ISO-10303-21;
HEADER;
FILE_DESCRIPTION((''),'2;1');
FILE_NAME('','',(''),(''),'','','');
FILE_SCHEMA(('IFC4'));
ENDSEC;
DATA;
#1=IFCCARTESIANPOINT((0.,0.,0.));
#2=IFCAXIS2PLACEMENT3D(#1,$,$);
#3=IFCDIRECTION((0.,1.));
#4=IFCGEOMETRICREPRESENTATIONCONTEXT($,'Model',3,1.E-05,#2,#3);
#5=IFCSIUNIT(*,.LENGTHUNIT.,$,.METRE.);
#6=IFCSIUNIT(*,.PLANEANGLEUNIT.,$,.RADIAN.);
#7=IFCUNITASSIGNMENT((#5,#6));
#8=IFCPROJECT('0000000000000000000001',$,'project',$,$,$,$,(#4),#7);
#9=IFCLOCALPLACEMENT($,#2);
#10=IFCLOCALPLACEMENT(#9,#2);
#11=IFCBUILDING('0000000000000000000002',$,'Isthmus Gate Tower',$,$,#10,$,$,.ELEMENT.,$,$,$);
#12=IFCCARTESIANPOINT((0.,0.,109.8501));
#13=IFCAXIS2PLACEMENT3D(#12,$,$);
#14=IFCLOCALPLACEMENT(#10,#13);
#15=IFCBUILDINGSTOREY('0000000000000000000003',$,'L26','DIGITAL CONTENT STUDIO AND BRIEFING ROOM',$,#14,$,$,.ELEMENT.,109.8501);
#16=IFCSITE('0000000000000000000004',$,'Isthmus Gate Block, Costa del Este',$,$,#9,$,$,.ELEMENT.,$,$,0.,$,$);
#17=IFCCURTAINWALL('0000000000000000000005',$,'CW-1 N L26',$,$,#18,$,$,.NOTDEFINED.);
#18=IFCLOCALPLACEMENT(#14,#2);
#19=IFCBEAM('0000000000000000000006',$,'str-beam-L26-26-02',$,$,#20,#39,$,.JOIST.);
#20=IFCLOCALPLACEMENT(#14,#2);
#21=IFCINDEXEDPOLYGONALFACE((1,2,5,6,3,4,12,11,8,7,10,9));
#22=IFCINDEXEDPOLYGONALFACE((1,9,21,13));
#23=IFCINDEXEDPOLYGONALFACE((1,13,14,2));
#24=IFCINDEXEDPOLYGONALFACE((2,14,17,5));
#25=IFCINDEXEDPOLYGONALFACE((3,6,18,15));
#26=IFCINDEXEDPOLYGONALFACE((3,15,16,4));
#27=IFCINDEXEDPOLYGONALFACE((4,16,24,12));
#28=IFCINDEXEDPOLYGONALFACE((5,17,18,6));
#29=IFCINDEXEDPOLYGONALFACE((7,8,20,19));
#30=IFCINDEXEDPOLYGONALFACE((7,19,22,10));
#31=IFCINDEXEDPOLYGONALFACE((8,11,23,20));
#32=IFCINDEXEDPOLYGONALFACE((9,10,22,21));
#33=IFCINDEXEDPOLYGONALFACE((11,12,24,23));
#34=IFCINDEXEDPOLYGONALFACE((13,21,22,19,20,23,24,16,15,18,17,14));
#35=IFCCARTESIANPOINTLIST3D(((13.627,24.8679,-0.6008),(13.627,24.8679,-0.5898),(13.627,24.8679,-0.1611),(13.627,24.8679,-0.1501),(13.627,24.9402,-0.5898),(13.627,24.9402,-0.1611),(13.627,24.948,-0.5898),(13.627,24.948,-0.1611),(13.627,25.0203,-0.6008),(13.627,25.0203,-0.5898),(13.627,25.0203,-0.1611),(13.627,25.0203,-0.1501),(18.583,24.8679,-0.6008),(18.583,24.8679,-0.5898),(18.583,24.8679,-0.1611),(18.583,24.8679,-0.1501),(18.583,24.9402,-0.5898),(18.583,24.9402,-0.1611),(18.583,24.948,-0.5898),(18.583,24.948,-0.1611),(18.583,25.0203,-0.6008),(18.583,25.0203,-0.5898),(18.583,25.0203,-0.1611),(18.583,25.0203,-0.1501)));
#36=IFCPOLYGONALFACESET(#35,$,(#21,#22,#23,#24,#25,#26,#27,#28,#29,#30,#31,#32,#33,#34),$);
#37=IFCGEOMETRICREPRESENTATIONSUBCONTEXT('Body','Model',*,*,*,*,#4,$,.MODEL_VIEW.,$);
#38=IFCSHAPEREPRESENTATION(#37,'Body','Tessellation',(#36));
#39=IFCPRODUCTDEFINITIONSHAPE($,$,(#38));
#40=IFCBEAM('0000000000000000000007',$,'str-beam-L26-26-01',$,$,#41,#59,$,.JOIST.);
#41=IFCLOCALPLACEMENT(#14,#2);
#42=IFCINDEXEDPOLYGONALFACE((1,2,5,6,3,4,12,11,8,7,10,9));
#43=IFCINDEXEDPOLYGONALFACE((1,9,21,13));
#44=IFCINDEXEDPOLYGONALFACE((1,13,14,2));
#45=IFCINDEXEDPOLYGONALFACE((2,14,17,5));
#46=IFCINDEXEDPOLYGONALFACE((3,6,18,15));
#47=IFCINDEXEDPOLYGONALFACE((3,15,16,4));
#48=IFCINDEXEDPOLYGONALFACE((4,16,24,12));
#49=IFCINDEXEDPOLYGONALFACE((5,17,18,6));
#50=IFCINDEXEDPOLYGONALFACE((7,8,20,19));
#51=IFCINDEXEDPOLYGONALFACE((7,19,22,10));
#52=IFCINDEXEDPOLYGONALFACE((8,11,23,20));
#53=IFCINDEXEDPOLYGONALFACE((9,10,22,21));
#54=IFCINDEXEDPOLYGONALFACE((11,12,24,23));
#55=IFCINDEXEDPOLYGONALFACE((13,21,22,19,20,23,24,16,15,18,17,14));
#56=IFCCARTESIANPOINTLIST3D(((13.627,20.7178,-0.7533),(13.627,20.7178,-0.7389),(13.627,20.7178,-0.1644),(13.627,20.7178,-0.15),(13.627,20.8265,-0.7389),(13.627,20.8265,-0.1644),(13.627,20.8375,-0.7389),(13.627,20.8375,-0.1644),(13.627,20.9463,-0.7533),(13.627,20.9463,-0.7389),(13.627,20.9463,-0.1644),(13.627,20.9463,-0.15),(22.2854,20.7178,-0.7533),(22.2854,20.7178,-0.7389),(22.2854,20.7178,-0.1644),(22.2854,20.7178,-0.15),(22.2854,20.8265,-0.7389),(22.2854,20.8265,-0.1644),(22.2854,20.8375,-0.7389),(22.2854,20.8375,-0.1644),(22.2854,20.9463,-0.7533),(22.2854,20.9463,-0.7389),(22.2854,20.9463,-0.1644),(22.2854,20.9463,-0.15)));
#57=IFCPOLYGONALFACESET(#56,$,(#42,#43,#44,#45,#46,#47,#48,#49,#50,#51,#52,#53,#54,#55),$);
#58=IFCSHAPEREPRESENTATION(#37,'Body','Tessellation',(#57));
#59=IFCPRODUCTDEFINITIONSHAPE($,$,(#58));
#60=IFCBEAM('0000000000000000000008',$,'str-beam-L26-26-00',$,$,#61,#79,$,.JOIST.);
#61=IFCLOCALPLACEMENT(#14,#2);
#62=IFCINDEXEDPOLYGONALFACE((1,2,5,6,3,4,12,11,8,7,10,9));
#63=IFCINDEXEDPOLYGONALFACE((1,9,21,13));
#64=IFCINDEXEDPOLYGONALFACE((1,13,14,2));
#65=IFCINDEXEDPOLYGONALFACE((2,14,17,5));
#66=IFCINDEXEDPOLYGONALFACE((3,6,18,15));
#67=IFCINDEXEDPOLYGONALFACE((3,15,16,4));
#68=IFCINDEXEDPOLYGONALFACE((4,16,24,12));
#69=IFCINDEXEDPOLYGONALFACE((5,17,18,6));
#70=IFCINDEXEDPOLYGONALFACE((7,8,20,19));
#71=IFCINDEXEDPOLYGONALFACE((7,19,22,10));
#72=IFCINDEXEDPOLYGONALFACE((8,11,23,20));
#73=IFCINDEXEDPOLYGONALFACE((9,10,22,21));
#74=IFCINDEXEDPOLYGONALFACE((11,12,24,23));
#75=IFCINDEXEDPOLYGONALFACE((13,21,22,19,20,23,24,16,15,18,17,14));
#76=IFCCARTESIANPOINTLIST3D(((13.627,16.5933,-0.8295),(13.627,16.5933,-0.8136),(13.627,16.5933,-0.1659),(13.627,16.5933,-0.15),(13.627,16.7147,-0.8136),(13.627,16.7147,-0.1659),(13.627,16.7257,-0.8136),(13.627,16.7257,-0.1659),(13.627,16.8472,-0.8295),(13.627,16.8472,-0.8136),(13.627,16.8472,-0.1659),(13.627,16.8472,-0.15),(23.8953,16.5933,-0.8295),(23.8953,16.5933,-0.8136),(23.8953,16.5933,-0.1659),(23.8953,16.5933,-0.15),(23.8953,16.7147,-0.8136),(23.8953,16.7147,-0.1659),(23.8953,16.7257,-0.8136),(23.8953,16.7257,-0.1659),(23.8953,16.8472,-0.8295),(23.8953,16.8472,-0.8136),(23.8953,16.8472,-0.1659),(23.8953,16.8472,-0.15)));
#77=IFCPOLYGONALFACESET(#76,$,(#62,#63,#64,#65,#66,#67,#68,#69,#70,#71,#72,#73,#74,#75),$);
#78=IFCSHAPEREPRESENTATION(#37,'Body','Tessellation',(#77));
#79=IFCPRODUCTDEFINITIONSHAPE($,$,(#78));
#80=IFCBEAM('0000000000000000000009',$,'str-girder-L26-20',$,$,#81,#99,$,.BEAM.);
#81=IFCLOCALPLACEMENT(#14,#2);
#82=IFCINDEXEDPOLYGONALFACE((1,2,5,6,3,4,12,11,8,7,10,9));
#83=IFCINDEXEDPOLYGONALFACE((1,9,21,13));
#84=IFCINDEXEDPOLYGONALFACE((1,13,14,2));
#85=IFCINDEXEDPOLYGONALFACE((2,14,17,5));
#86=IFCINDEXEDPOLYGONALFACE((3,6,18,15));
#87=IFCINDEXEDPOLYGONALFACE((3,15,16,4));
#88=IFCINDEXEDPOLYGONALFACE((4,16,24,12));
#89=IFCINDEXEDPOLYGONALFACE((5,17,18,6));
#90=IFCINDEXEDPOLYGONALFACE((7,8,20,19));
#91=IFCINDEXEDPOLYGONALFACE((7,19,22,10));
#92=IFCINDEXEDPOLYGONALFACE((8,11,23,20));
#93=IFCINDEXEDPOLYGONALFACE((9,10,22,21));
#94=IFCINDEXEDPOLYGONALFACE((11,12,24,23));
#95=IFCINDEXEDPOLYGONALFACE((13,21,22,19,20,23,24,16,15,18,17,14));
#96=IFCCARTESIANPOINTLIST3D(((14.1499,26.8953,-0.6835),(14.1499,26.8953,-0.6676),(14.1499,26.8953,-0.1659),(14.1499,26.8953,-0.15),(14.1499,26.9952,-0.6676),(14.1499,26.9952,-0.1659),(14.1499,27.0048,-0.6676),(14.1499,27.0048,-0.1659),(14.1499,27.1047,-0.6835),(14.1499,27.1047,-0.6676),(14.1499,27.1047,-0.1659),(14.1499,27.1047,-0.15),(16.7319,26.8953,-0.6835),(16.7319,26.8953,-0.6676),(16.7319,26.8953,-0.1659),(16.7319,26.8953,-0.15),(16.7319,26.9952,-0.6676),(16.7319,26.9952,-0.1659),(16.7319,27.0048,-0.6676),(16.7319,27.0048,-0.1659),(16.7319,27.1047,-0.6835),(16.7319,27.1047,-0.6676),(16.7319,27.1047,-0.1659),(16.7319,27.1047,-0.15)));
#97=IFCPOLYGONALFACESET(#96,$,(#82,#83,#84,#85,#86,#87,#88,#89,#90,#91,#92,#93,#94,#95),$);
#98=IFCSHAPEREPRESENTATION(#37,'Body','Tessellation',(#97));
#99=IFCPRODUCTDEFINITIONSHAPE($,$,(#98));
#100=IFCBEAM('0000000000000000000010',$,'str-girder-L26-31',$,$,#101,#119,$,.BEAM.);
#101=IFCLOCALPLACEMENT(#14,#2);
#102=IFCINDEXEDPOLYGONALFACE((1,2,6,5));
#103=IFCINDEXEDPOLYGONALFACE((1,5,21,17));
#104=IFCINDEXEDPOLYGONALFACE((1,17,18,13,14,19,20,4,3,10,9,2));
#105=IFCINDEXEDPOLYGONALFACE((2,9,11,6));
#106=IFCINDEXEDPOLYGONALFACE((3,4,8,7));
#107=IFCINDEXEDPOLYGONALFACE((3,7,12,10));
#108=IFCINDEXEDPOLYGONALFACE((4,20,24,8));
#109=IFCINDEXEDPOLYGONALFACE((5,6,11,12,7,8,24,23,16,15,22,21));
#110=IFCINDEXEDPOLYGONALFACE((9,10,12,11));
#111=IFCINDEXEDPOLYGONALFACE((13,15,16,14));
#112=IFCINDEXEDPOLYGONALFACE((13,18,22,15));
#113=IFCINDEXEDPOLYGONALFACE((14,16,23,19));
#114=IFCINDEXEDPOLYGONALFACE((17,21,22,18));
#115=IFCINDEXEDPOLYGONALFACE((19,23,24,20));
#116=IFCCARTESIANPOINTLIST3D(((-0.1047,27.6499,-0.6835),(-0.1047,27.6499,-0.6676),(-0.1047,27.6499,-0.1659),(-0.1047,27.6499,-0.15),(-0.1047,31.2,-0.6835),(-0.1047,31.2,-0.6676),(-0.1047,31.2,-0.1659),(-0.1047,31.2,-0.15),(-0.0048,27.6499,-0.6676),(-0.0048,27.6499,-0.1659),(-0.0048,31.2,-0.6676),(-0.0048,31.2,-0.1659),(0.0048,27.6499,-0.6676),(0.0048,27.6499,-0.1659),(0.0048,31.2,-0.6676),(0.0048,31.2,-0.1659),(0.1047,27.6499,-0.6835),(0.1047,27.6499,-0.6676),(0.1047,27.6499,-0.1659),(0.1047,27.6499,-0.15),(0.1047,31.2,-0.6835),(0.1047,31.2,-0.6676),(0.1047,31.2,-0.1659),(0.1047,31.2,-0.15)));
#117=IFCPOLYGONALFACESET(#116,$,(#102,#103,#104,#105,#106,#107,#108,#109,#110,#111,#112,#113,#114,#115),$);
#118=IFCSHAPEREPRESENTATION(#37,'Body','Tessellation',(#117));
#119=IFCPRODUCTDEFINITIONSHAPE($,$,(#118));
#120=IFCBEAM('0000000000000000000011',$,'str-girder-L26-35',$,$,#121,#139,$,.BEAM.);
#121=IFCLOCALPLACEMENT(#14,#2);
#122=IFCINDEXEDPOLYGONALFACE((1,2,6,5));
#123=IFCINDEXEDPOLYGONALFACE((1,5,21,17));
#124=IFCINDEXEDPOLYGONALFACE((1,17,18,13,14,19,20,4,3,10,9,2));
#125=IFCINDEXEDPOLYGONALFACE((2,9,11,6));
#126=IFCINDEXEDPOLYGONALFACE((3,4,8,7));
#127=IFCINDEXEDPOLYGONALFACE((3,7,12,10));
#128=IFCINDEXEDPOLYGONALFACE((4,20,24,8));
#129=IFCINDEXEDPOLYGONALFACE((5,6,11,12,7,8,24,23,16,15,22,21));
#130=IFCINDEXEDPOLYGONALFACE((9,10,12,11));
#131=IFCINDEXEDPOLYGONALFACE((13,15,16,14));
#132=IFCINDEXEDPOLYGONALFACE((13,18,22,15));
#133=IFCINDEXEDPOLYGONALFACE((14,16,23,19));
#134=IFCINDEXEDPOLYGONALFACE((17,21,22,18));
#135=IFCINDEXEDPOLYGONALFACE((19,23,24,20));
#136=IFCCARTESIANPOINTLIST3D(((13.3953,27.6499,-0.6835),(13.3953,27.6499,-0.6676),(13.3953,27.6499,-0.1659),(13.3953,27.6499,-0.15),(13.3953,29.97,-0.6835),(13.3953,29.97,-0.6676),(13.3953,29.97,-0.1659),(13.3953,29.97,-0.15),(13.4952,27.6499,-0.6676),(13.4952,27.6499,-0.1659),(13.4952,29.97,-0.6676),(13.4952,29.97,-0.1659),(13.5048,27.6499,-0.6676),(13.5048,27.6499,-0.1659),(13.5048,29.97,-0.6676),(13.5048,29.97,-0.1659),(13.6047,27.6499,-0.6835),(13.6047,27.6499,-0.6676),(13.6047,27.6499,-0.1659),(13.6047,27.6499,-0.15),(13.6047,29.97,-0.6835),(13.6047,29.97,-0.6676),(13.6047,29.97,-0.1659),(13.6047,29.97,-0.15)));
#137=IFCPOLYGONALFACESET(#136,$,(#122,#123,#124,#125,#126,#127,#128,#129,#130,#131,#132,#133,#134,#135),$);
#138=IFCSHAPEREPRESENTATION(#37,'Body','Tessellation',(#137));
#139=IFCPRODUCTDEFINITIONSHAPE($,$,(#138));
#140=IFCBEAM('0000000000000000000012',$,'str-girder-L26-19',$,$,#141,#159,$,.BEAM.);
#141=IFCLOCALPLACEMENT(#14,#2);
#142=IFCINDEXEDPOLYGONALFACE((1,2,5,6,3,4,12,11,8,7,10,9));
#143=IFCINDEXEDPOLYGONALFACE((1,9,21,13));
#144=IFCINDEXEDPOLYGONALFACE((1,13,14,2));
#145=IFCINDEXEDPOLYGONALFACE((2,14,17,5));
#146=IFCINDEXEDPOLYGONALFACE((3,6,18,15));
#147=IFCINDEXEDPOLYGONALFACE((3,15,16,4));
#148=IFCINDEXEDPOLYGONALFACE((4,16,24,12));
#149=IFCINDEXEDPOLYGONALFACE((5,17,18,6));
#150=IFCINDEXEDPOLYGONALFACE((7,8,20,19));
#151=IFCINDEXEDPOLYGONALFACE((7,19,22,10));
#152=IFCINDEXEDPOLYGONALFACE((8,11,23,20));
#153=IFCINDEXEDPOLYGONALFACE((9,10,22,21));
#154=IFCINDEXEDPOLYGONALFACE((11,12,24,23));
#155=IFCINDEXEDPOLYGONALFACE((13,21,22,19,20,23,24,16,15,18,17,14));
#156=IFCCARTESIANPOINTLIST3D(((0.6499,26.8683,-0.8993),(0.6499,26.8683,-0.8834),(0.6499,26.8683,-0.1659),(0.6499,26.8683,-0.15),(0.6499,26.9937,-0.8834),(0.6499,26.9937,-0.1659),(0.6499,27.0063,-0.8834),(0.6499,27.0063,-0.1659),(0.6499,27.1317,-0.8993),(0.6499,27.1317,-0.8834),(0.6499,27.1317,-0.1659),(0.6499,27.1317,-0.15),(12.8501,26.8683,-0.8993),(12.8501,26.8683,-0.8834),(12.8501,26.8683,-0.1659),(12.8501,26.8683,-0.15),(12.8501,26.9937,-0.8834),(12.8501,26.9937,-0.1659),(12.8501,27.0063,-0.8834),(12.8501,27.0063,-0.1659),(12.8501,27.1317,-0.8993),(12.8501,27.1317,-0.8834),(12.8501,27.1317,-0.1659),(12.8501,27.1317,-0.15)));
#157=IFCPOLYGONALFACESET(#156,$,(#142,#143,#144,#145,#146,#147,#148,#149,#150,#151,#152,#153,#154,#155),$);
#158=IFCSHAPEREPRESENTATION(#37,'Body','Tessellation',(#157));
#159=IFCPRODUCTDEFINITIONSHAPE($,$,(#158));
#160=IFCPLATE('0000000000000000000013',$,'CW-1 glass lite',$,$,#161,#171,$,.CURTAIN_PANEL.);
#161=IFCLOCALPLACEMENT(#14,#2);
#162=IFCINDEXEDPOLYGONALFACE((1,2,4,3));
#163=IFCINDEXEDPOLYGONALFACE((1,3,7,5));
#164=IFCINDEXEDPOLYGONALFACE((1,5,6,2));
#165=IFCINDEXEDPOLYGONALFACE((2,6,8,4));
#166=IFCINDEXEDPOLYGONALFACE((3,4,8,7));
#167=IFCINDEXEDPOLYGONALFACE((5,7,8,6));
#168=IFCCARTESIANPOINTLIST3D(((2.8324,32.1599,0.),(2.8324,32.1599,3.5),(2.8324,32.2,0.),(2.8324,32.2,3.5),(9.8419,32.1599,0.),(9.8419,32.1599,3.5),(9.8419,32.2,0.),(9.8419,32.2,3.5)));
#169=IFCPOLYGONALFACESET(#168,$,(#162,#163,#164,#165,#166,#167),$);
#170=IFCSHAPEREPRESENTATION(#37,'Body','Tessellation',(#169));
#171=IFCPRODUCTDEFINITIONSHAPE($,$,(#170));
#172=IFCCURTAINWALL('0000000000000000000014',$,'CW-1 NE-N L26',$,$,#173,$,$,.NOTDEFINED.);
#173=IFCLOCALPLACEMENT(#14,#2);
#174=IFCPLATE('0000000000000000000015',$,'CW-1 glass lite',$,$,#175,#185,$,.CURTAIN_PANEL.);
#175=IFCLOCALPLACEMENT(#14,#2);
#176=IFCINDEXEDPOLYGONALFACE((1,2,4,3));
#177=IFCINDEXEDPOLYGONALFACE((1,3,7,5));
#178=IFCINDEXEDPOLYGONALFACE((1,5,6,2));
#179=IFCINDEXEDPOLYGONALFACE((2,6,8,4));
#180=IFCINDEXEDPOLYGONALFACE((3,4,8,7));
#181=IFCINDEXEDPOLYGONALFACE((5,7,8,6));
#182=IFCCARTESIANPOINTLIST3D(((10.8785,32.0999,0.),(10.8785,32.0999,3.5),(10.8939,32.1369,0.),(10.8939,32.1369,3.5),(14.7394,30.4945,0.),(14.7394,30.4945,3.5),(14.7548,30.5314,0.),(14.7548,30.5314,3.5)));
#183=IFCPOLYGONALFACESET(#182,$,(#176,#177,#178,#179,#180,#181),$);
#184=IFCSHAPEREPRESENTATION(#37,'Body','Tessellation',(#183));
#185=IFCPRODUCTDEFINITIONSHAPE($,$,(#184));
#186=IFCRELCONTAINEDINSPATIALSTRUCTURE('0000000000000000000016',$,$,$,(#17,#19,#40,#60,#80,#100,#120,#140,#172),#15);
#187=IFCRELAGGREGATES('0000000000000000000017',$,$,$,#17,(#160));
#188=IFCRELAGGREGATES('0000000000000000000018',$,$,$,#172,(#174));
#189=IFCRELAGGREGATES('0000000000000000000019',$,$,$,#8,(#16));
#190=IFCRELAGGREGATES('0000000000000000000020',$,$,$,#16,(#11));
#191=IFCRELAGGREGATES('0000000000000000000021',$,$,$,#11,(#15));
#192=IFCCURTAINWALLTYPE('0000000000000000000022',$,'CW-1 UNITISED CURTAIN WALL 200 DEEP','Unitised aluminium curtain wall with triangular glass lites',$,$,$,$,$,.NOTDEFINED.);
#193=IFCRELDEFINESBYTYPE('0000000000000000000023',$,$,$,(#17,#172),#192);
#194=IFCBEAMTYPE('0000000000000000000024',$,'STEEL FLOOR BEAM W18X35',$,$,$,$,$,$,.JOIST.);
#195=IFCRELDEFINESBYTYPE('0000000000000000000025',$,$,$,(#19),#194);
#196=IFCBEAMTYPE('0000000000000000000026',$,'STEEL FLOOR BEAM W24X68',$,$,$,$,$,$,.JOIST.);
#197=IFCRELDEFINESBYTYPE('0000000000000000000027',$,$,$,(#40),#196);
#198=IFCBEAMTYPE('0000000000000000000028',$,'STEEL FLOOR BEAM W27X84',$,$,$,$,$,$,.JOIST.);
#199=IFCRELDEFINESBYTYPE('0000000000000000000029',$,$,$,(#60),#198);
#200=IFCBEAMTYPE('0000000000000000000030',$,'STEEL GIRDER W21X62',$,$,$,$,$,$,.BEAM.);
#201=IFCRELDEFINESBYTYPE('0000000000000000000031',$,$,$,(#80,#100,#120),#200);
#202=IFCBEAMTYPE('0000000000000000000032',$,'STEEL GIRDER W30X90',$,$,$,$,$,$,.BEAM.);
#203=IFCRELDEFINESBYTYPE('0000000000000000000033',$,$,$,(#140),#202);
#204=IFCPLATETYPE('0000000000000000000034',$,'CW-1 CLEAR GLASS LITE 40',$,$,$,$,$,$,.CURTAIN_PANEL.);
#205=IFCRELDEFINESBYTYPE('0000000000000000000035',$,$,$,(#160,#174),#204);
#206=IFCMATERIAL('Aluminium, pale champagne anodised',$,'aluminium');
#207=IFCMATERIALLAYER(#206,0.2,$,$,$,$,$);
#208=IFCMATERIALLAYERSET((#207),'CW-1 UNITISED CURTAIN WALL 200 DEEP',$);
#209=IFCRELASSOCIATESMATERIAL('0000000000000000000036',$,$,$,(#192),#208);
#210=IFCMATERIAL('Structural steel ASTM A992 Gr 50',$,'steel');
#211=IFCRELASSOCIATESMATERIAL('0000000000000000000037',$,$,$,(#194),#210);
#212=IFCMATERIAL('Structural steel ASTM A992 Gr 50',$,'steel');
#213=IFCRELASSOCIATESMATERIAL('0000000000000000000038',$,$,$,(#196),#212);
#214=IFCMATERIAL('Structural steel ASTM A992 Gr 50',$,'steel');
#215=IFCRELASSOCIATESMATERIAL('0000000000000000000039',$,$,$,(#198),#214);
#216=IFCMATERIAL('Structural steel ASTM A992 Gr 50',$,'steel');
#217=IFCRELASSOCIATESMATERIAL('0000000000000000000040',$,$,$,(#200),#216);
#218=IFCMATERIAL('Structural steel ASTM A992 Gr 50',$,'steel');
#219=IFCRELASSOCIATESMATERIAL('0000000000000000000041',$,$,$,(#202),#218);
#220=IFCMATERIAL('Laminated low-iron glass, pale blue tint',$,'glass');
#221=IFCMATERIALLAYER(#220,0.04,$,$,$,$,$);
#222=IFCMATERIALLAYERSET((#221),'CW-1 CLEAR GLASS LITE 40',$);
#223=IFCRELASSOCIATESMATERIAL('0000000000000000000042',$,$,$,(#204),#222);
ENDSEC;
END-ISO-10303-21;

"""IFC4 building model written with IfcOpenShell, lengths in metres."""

from ifc_helpers import new_model, si_unit, direction, frame, origin, origin_2d, place, context, subcontext, project, spatial, rectangle, i_section, extrude, material, layer, layer_set, material_profile, profile_set, type_object, element, aggregate, save


model = new_model("IFC4")

# Units and contexts
model_context = context("Model", 3, precision=1e-05, world=origin(), true_north=direction((0.0, 1.0)))
body_context = subcontext(model_context, "Body", "Model", "MODEL_VIEW")
ifc_project = project(units=[si_unit("LENGTHUNIT", "METRE"), si_unit("PLANEANGLEUNIT", "RADIAN")], contexts=[model_context])

# Site, building, storey
site_placement = place(None, origin())
site = spatial("IfcSite", under=ifc_project, at=site_placement, Name="Isthmus Gate Block, Costa del Este", CompositionType="ELEMENT", RefElevation=0.0)
building_placement = place(site_placement, origin())
building = spatial("IfcBuilding", under=site, at=building_placement, Name="Isthmus Gate Tower", CompositionType="ELEMENT")
storey_placement = place(building_placement, frame((0.0, 0.0, 109.8501)))
storey = spatial("IfcBuildingStorey", under=building, at=storey_placement, Name="L26", Description="DIGITAL CONTENT STUDIO AND BRIEFING ROOM", CompositionType="ELEMENT", Elevation=109.8501)

# Curtain wall
ifc_material_1 = material(Name="Aluminium, pale champagne anodised", Category="aluminium")
ifc_layer_1 = layer(ifc_material_1, 0.2)
ifc_layer_set_1 = layer_set([ifc_layer_1], Name="CW-1 UNITISED CURTAIN WALL 200 DEEP")
curtain_wall_type = type_object("IfcCurtainWallType", Name="CW-1 UNITISED CURTAIN WALL 200 DEEP", Description="Unitised aluminium curtain wall with triangular glass lites", PredefinedType="NOTDEFINED", material=ifc_layer_set_1)
curtain_wall_1_placement = place(storey_placement, origin())
curtain_wall_1 = element("IfcCurtainWall", 1, at=curtain_wall_1_placement, inside=storey, type_object=curtain_wall_type, Name="CW-1 N L26", PredefinedType="NOTDEFINED")

# Beams
ifc_material_2 = material(Name="Structural steel ASTM A992 Gr 50", Category="steel")
ifc_material_profile_1 = material_profile(ifc_material_2, i_section(OverallWidth=0.1523, OverallDepth=0.4507, WebThickness=0.0078, FlangeThickness=0.011, at=origin_2d()), Name="W18X35")
ifc_profile_set_1 = profile_set([ifc_material_profile_1], Name="Structural steel ASTM A992 Gr 50")
beam_type_1 = type_object("IfcBeamType", Name="STEEL FLOOR BEAM W18X35", PredefinedType="JOIST", material=ifc_profile_set_1)
beam_1_placement = place(storey_placement, frame((13.627, 24.9441, -0.3755), z_axis=(1.0, 0.0, 0.0), x_axis=(0.0, 1.0, 0.0)))
element("IfcBeam", 2, at=beam_1_placement, inside=storey, type_object=beam_type_1, Name="str-beam-L26-26-02", PredefinedType="JOIST", context=body_context, shape_type="SweptSolid", body=[
    extrude(i_section(OverallWidth=0.1523, OverallDepth=0.4507, WebThickness=0.0078, FlangeThickness=0.011, at=origin_2d()), origin(), (0.0, 0.0, 1.0), 4.9561),
])
ifc_material_3 = material(Name="Structural steel ASTM A992 Gr 50", Category="steel")
ifc_material_profile_2 = material_profile(ifc_material_3, i_section(OverallWidth=0.2285, OverallDepth=0.6033, WebThickness=0.011, FlangeThickness=0.0144, at=origin_2d()), Name="W24X68")
ifc_profile_set_2 = profile_set([ifc_material_profile_2], Name="Structural steel ASTM A992 Gr 50")
beam_type_2 = type_object("IfcBeamType", Name="STEEL FLOOR BEAM W24X68", PredefinedType="JOIST", material=ifc_profile_set_2)
beam_2_placement = place(storey_placement, frame((13.627, 20.832, -0.4517), z_axis=(1.0, 0.0, 0.0), x_axis=(0.0, 1.0, 0.0)))
element("IfcBeam", 3, at=beam_2_placement, inside=storey, type_object=beam_type_2, Name="str-beam-L26-26-01", PredefinedType="JOIST", context=body_context, shape_type="SweptSolid", body=[
    extrude(i_section(OverallWidth=0.2285, OverallDepth=0.6033, WebThickness=0.011, FlangeThickness=0.0144, at=origin_2d()), origin(), (0.0, 0.0, 1.0), 8.6584),
])
ifc_material_4 = material(Name="Structural steel ASTM A992 Gr 50", Category="steel")
ifc_material_profile_3 = material_profile(ifc_material_4, i_section(OverallWidth=0.2539, OverallDepth=0.6794, WebThickness=0.011, FlangeThickness=0.0159, at=origin_2d()), Name="W27X84")
ifc_profile_set_3 = profile_set([ifc_material_profile_3], Name="Structural steel ASTM A992 Gr 50")
beam_type_3 = type_object("IfcBeamType", Name="STEEL FLOOR BEAM W27X84", PredefinedType="JOIST", material=ifc_profile_set_3)
beam_3_placement = place(storey_placement, frame((13.627, 16.7202, -0.4897), z_axis=(1.0, 0.0, 0.0), x_axis=(0.0, 1.0, 0.0)))
element("IfcBeam", 4, at=beam_3_placement, inside=storey, type_object=beam_type_3, Name="str-beam-L26-26-00", PredefinedType="JOIST", context=body_context, shape_type="SweptSolid", body=[
    extrude(i_section(OverallWidth=0.2539, OverallDepth=0.6794, WebThickness=0.011, FlangeThickness=0.0159, at=origin_2d()), origin(), (0.0, 0.0, 1.0), 10.2683),
])
ifc_material_5 = material(Name="Structural steel ASTM A992 Gr 50", Category="steel")
ifc_material_profile_4 = material_profile(ifc_material_5, i_section(OverallWidth=0.2095, OverallDepth=0.5334, WebThickness=0.0095, FlangeThickness=0.0159, at=origin_2d()), Name="W21X62")
ifc_profile_set_4 = profile_set([ifc_material_profile_4], Name="Structural steel ASTM A992 Gr 50")
beam_type_4 = type_object("IfcBeamType", Name="STEEL GIRDER W21X62", PredefinedType="BEAM", material=ifc_profile_set_4)
beam_4_placement = place(storey_placement, frame((14.1499, 27.0, -0.4167), z_axis=(1.0, 0.0, 0.0), x_axis=(0.0, 1.0, 0.0)))
element("IfcBeam", 5, at=beam_4_placement, inside=storey, type_object=beam_type_4, Name="str-girder-L26-20", PredefinedType="BEAM", context=body_context, shape_type="SweptSolid", body=[
    extrude(i_section(OverallWidth=0.2095, OverallDepth=0.5334, WebThickness=0.0095, FlangeThickness=0.0159, at=origin_2d()), origin(), (0.0, 0.0, 1.0), 2.582),
])
beam_5_placement = place(storey_placement, frame((0.0, 27.6499, -0.4167), z_axis=(0.0, 1.0, 0.0), x_axis=(-1.0, 0.0, 0.0)))
element("IfcBeam", 6, at=beam_5_placement, inside=storey, type_object=beam_type_4, Name="str-girder-L26-31", PredefinedType="BEAM", context=body_context, shape_type="SweptSolid", body=[
    extrude(i_section(OverallWidth=0.2095, OverallDepth=0.5334, WebThickness=0.0095, FlangeThickness=0.0159, at=origin_2d()), origin(), (0.0, 0.0, 1.0), 3.55),
])
beam_6_placement = place(storey_placement, frame((13.5, 27.6499, -0.4167), z_axis=(0.0, 1.0, 0.0), x_axis=(-1.0, 0.0, 0.0)))
element("IfcBeam", 7, at=beam_6_placement, inside=storey, type_object=beam_type_4, Name="str-girder-L26-35", PredefinedType="BEAM", context=body_context, shape_type="SweptSolid", body=[
    extrude(i_section(OverallWidth=0.2095, OverallDepth=0.5334, WebThickness=0.0095, FlangeThickness=0.0159, at=origin_2d()), origin(), (0.0, 0.0, 1.0), 2.3201),
])
ifc_material_6 = material(Name="Structural steel ASTM A992 Gr 50", Category="steel")
ifc_material_profile_5 = material_profile(ifc_material_6, i_section(OverallWidth=0.2634, OverallDepth=0.7493, WebThickness=0.0127, FlangeThickness=0.0159, at=origin_2d()), Name="W30X90")
ifc_profile_set_5 = profile_set([ifc_material_profile_5], Name="Structural steel ASTM A992 Gr 50")
beam_type_5 = type_object("IfcBeamType", Name="STEEL GIRDER W30X90", PredefinedType="BEAM", material=ifc_profile_set_5)
beam_7_placement = place(storey_placement, frame((0.6499, 27.0, -0.5247), z_axis=(1.0, 0.0, 0.0), x_axis=(0.0, 1.0, 0.0)))
element("IfcBeam", 8, at=beam_7_placement, inside=storey, type_object=beam_type_5, Name="str-girder-L26-19", PredefinedType="BEAM", context=body_context, shape_type="SweptSolid", body=[
    extrude(i_section(OverallWidth=0.2634, OverallDepth=0.7493, WebThickness=0.0127, FlangeThickness=0.0159, at=origin_2d()), origin(), (0.0, 0.0, 1.0), 12.2002),
])

# Plate
ifc_material_7 = material(Name="Laminated low-iron glass, pale blue tint", Category="glass")
ifc_layer_2 = layer(ifc_material_7, 0.04)
ifc_layer_set_2 = layer_set([ifc_layer_2], Name="CW-1 CLEAR GLASS LITE 40")
plate_type = type_object("IfcPlateType", Name="CW-1 CLEAR GLASS LITE 40", PredefinedType="CURTAIN_PANEL", material=ifc_layer_set_2)
plate_1_placement = place(storey_placement, frame((6.3372, 32.1799, 0.0), z_axis=(0.0, 0.0, 1.0), x_axis=(-1.0, 0.0, 0.0)))
plate_1 = element("IfcPlate", 9, at=plate_1_placement, type_object=plate_type, Name="CW-1 glass lite", PredefinedType="CURTAIN_PANEL", context=body_context, shape_type="SweptSolid", body=[
    extrude(rectangle(XDim=7.0095, YDim=0.04, at=origin_2d()), origin(), (0.0, 0.0, 1.0), 3.5),
])
aggregate(curtain_wall_1, [plate_1])

# Curtain wall, plate
curtain_wall_2_placement = place(storey_placement, origin())
curtain_wall_2 = element("IfcCurtainWall", 10, at=curtain_wall_2_placement, inside=storey, type_object=curtain_wall_type, Name="CW-1 NE-N L26", PredefinedType="NOTDEFINED")
plate_2_placement = place(storey_placement, frame((12.8167, 31.3157, 0.0), z_axis=(0.0, 0.0, 1.0), x_axis=(-0.923353, 0.383952, 0.0)))
plate_2 = element("IfcPlate", 11, at=plate_2_placement, type_object=plate_type, Name="CW-1 glass lite", PredefinedType="CURTAIN_PANEL", context=body_context, shape_type="SweptSolid", body=[
    extrude(rectangle(XDim=4.1814, YDim=0.04, at=origin_2d()), origin(), (0.0, 0.0, 1.0), 3.5),
])
aggregate(curtain_wall_2, [plate_2])

save(model, "model.ifc")
